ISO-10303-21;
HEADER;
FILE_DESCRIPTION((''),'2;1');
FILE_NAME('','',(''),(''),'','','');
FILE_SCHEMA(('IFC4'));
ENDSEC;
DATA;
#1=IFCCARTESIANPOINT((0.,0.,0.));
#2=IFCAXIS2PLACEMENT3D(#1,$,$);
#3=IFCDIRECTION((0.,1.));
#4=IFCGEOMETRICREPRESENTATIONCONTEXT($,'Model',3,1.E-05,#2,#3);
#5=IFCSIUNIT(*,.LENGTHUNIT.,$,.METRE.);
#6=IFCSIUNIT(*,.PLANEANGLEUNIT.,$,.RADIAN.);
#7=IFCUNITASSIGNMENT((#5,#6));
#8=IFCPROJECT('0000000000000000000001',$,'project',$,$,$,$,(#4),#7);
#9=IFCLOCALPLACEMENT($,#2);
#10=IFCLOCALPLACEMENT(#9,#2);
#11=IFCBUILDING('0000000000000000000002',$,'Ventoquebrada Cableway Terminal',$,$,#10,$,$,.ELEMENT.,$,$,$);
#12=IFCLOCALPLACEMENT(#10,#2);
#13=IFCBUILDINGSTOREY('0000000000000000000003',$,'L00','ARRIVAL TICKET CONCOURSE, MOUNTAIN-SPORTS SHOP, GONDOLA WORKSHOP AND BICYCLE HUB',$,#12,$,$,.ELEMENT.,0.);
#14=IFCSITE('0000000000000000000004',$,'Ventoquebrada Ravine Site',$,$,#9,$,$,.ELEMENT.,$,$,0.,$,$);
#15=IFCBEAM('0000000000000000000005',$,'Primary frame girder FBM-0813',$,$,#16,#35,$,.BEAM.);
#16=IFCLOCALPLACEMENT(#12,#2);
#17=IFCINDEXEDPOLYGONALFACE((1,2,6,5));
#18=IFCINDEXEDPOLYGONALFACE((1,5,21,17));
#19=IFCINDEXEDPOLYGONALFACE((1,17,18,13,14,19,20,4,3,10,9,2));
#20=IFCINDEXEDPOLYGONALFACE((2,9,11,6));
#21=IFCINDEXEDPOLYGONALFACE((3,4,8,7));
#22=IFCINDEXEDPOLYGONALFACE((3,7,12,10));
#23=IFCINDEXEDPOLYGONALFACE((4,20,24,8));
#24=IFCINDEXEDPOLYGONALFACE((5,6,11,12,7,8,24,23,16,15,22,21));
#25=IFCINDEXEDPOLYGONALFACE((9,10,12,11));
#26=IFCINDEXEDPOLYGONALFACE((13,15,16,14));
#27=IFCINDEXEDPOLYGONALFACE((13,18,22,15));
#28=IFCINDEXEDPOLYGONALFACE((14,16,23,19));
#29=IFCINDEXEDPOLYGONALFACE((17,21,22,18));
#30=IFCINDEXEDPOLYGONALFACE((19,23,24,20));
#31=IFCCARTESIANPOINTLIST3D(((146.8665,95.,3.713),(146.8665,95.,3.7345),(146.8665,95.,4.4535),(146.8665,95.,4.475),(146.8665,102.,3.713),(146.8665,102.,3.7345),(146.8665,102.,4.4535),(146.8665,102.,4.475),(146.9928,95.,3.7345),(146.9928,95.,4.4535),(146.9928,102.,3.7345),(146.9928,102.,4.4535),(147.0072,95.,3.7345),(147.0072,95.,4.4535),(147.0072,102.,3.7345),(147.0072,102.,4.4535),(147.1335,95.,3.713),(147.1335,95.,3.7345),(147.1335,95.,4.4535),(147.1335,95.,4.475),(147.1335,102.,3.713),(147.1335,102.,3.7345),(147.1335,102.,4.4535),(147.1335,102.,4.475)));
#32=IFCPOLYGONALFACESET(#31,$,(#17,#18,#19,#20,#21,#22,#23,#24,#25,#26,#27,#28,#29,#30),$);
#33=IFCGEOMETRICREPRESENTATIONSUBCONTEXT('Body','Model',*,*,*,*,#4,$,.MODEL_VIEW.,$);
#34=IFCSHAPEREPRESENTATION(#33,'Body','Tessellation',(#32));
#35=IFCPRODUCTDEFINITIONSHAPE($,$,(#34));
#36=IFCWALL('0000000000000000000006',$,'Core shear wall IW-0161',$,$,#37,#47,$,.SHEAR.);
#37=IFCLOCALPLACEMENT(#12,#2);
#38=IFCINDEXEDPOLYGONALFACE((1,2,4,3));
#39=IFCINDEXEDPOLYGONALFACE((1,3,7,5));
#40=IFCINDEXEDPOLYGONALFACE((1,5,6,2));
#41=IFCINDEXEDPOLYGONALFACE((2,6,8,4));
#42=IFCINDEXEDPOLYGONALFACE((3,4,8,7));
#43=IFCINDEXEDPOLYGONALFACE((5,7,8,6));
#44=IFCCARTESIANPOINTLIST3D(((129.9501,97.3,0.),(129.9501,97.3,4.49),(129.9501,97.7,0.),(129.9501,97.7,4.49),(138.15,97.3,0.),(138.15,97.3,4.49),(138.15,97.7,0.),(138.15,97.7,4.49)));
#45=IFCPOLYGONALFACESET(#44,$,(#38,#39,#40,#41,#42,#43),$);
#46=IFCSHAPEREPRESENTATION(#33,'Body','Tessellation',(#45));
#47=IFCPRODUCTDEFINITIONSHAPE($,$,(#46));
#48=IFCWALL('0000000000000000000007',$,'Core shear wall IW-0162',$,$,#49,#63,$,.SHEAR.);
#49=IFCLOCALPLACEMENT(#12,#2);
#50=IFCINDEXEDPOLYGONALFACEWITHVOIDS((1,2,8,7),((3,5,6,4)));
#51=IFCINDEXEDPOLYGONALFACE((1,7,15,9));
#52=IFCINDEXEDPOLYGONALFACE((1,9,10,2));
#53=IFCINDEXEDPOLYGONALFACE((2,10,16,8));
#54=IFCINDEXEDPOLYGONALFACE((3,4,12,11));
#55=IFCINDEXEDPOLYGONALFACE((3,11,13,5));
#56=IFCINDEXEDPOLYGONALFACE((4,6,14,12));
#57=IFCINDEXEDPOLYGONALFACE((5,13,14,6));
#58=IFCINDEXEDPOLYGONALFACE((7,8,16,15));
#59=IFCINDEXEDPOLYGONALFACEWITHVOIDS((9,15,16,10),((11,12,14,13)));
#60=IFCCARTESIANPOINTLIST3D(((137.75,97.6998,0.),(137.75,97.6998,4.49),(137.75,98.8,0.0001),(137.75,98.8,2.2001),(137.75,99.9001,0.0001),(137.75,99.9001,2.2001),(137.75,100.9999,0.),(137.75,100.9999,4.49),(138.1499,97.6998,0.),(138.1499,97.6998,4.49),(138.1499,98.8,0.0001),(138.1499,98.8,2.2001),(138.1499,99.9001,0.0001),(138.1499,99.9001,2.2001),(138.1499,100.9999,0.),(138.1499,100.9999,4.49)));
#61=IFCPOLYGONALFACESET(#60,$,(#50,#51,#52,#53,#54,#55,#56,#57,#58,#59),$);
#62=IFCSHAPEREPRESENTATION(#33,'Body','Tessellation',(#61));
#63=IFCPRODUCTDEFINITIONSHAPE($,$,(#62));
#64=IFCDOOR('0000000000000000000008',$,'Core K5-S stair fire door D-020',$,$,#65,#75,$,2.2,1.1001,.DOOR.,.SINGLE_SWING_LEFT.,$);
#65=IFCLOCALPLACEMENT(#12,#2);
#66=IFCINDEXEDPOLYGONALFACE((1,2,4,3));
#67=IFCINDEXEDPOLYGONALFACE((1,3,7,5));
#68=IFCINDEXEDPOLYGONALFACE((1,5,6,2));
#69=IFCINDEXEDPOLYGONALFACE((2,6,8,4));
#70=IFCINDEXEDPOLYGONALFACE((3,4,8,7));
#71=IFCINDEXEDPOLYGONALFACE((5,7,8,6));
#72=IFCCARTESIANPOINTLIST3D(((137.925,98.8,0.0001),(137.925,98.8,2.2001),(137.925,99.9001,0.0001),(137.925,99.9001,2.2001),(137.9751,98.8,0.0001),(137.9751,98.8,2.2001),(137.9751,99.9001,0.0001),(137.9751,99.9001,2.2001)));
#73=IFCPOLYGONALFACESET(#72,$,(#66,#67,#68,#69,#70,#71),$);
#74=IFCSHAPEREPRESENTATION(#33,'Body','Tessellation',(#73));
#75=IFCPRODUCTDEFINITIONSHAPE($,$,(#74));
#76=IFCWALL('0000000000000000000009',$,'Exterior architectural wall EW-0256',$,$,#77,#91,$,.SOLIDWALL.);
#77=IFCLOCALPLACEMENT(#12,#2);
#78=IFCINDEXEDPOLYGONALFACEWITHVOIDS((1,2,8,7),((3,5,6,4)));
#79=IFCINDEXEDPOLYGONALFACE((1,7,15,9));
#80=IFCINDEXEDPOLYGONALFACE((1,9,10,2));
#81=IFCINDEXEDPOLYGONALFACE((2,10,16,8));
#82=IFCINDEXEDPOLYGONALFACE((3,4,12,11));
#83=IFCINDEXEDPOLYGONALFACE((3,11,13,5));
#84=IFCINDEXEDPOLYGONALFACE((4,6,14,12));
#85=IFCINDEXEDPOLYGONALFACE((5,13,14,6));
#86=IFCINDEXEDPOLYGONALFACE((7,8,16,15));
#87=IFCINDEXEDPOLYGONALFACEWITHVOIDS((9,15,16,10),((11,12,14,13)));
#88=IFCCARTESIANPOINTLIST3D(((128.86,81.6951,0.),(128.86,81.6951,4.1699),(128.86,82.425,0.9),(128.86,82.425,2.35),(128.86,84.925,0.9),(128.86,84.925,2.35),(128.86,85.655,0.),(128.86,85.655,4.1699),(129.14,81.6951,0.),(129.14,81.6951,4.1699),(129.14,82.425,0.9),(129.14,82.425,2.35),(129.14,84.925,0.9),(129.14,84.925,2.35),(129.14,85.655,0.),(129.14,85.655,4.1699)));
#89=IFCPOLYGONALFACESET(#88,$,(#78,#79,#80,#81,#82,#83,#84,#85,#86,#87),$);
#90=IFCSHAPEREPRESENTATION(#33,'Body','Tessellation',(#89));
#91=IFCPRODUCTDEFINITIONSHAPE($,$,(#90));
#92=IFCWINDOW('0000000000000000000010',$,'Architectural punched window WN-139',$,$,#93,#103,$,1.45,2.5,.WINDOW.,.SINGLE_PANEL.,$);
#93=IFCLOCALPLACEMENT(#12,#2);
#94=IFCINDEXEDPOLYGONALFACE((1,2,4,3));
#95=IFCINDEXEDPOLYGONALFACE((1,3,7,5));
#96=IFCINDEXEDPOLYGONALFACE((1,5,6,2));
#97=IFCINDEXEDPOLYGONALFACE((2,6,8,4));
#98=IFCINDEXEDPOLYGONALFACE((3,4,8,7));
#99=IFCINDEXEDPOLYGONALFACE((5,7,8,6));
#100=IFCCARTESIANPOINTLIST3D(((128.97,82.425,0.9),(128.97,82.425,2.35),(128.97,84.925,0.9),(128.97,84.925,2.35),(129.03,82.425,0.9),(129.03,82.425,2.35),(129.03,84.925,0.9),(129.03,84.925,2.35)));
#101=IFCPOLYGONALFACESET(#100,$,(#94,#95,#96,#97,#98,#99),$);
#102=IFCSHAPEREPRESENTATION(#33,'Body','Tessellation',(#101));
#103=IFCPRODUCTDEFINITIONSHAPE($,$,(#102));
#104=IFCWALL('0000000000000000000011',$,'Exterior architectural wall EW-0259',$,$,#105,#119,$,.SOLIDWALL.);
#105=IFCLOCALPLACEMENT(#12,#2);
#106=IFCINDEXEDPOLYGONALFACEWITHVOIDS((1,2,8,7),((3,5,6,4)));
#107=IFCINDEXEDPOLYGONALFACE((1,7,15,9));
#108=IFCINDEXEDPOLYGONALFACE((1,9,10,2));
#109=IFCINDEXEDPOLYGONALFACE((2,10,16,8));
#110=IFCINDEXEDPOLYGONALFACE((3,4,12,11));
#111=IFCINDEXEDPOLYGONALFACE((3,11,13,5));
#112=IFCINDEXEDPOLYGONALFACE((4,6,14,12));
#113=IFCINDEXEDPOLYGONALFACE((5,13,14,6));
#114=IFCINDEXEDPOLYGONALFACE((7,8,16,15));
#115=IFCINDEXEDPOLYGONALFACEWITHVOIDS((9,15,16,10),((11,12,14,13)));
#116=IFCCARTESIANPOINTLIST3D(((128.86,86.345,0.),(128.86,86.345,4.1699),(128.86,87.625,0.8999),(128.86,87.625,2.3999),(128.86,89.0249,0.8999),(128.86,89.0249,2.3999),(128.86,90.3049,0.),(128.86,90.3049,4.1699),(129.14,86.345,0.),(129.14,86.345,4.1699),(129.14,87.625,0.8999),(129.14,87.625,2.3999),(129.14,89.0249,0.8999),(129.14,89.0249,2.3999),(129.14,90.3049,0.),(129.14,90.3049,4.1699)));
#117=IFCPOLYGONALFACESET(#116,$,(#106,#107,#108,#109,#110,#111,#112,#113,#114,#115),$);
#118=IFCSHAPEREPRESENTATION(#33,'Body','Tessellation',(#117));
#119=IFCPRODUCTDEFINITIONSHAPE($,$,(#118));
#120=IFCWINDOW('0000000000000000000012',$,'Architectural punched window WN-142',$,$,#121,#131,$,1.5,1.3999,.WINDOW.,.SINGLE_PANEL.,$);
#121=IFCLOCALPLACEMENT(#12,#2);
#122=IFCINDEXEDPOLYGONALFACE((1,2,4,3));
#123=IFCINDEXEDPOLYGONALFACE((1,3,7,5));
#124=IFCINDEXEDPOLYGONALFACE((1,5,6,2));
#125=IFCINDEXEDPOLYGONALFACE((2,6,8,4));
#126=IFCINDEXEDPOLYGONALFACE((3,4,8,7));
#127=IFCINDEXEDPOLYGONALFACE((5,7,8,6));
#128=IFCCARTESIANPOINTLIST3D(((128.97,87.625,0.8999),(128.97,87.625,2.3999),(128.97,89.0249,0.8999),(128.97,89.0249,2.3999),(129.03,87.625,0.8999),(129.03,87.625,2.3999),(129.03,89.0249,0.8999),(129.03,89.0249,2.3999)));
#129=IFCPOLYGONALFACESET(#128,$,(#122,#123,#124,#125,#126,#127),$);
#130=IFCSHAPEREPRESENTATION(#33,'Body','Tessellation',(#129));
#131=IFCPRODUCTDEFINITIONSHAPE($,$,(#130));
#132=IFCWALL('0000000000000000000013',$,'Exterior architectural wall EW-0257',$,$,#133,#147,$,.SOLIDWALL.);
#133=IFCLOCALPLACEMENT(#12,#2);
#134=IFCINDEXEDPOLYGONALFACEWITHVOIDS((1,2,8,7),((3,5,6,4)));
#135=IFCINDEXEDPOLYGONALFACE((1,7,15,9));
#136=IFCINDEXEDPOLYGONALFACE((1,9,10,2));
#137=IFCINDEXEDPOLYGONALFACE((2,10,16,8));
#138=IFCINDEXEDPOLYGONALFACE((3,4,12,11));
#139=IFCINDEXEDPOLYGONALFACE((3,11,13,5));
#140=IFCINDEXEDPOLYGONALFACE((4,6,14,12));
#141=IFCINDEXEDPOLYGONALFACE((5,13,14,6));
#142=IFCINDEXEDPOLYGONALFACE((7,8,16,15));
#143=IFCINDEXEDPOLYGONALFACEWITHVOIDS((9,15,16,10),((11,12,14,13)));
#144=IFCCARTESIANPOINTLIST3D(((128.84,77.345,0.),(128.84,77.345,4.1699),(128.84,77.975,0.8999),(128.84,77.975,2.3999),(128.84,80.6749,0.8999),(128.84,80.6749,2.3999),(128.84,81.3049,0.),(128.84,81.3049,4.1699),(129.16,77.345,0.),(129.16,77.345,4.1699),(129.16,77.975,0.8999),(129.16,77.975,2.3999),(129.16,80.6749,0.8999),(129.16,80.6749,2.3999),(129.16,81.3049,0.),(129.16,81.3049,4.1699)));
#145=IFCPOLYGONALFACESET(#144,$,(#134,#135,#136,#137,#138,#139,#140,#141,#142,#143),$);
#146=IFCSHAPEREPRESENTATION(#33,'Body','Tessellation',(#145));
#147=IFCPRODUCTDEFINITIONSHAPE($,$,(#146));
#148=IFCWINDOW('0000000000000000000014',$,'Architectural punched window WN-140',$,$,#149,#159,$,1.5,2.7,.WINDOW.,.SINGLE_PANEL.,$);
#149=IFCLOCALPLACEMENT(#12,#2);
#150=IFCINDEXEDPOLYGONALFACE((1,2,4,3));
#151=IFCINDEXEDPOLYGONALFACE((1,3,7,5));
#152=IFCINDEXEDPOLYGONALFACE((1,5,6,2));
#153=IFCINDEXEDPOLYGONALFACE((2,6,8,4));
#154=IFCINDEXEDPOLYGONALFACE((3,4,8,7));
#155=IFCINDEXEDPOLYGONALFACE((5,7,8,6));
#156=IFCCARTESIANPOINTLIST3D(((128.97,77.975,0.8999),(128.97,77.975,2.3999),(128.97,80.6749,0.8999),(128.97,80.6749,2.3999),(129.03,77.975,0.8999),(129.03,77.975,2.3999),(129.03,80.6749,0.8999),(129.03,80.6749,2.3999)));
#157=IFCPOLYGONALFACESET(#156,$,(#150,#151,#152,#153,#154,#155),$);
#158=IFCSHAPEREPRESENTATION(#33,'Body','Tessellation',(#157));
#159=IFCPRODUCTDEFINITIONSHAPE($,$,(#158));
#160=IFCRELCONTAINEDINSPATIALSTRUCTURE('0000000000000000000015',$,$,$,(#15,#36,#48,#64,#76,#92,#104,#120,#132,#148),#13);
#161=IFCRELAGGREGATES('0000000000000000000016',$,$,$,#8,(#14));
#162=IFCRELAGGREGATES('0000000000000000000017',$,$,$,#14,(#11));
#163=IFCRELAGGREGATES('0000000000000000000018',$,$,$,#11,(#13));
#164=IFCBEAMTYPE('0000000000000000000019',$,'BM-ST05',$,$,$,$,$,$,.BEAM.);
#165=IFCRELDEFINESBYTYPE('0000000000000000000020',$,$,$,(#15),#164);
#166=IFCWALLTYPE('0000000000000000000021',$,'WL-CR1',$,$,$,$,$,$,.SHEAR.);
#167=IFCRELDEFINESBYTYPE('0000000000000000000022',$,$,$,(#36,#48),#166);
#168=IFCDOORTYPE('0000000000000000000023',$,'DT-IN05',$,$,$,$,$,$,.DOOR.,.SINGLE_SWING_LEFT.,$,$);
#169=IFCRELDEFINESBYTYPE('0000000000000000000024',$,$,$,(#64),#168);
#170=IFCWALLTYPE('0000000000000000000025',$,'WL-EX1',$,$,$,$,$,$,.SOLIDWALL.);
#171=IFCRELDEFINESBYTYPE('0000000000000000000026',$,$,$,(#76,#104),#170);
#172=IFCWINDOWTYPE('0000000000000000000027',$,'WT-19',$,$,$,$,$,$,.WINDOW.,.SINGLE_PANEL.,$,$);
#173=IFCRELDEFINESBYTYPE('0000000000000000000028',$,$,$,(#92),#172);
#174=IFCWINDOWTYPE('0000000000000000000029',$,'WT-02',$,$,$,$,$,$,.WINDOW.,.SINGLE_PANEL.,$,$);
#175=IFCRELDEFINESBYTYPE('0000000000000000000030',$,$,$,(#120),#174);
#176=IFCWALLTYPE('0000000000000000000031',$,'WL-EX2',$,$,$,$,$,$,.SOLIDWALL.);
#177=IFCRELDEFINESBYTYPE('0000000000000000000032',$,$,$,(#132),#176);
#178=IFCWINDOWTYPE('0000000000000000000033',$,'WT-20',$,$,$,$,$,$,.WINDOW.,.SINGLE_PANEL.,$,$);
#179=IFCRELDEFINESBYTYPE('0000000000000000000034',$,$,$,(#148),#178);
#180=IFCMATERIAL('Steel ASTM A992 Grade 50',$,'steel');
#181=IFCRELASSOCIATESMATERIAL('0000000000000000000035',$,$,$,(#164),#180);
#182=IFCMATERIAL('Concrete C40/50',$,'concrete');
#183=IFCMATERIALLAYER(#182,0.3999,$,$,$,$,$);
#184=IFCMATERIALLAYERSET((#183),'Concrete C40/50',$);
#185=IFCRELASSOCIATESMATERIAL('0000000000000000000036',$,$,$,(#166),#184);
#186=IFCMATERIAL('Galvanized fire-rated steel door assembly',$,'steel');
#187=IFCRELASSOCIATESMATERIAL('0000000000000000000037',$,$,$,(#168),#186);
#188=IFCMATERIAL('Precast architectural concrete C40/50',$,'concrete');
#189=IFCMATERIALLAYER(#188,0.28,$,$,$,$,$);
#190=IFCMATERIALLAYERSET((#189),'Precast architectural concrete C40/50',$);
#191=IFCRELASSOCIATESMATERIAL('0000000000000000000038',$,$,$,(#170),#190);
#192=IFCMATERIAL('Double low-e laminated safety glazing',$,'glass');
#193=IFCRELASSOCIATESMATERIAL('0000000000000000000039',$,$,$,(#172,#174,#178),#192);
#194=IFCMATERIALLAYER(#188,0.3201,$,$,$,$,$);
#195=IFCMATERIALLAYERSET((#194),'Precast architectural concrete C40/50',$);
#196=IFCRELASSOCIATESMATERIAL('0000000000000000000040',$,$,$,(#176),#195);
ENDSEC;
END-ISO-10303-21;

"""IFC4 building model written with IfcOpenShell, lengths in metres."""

from ifc_helpers import new_model, si_unit, direction, frame, frame_2d, origin, origin_2d, place, context, subcontext, project, spatial, rectangle, i_section, extrude, material, layer, layer_set, material_profile, profile_set, type_object, element, fill, save


model = new_model("IFC4")

# Units and contexts
model_context = context("Model", 3, precision=1e-05, world=origin(), true_north=direction((0.0, 1.0)))
body_context = subcontext(model_context, "Body", "Model", "MODEL_VIEW")
ifc_project = project(units=[si_unit("LENGTHUNIT", "METRE"), si_unit("PLANEANGLEUNIT", "RADIAN")], contexts=[model_context])

# Site, building, storey
site_placement = place(None, origin())
site = spatial("IfcSite", under=ifc_project, at=site_placement, Name="Ventoquebrada Ravine Site", CompositionType="ELEMENT", RefElevation=0.0)
building_placement = place(site_placement, origin())
building = spatial("IfcBuilding", under=site, at=building_placement, Name="Ventoquebrada Cableway Terminal", CompositionType="ELEMENT")
storey_placement = place(building_placement, origin())
storey = spatial("IfcBuildingStorey", under=building, at=storey_placement, Name="L00", Description="ARRIVAL TICKET CONCOURSE, MOUNTAIN-SPORTS SHOP, GONDOLA WORKSHOP AND BICYCLE HUB", CompositionType="ELEMENT", Elevation=0.0)

# Shared definitions
ifc_material_1 = material(Name="Concrete C40/50", Category="concrete")

# Beam
ifc_material_2 = material(Name="Steel ASTM A992 Grade 50", Category="steel")
ifc_material_profile_1 = material_profile(ifc_material_2, i_section(OverallWidth=0.2671, OverallDepth=0.762, WebThickness=0.0144, FlangeThickness=0.0215, at=origin_2d()), Name="W30X116")
ifc_profile_set_1 = profile_set([ifc_material_profile_1], Name="Steel ASTM A992 Grade 50")
beam_type = type_object("IfcBeamType", Name="BM-ST05", PredefinedType="BEAM", material=ifc_profile_set_1)
beam_1_placement = place(storey_placement, frame((147.0, 95.0, 4.094), z_axis=(0.0, 1.0, 0.0), x_axis=(-1.0, 0.0, 0.0)))
element("IfcBeam", 1, at=beam_1_placement, inside=storey, type_object=beam_type, Name="Primary frame girder FBM-0813", PredefinedType="BEAM", context=body_context, shape_type="SweptSolid", body=[
    extrude(i_section(OverallWidth=0.2671, OverallDepth=0.762, WebThickness=0.0144, FlangeThickness=0.0215, at=origin_2d()), origin(), (0.0, 0.0, 1.0), 7.0),
])

# Wall
ifc_layer_1 = layer(ifc_material_1, 0.3999)
ifc_layer_set_1 = layer_set([ifc_layer_1], Name="Concrete C40/50")
wall_type_1 = type_object("IfcWallType", Name="WL-CR1", PredefinedType="SHEAR", material=ifc_layer_set_1)
wall_1_placement = place(storey_placement, frame((129.95, 97.5, 0.0), z_axis=(0.0, 0.0, 1.0), x_axis=(1.0, 0.0, 0.0)))
element("IfcWall", 2, at=wall_1_placement, inside=storey, type_object=wall_type_1, Name="Core shear wall IW-0161", PredefinedType="SHEAR", context=body_context, shape_type="SweptSolid", body=[
    extrude(rectangle(XDim=8.2, YDim=0.3999, at=frame_2d((4.1001, 0.0))), origin(), (0.0, 0.0, 1.0), 4.49),
])

# Wall, opening, door
wall_2_placement = place(storey_placement, frame((137.95, 97.7, 0.0), z_axis=(0.0, 0.0, 1.0), x_axis=(0.0, 1.0, 0.0)))
wall_2 = element("IfcWall", 3, at=wall_2_placement, inside=storey, type_object=wall_type_1, Name="Core shear wall IW-0162", PredefinedType="SHEAR", context=body_context, shape_type="SweptSolid", body=[
    extrude(rectangle(XDim=3.3, YDim=0.3999, at=frame_2d((1.6499, 0.0))), origin(), (0.0, 0.0, 1.0), 4.49),
])
opening_1_placement = place(wall_2_placement, frame((1.1001, 0.0, 0.0)))
opening_1 = element("IfcOpeningElement", 4, at=opening_1_placement, cuts=wall_2, PredefinedType="OPENING", context=body_context, shape_type="SweptSolid", body=[
    extrude(rectangle(XDim=1.1001, YDim=2.2, at=frame_2d((0.55, 1.1001))), frame((0.0, 0.21, 0.0), z_axis=(0.0, -1.0, 0.0), x_axis=(1.0, 0.0, 0.0)), (0.0, 0.0, 1.0), 0.4199),
])
ifc_material_3 = material(Name="Galvanized fire-rated steel door assembly", Category="steel")
door_type_1 = type_object("IfcDoorType", Name="DT-IN05", OperationType="SINGLE_SWING_LEFT", PredefinedType="DOOR", material=ifc_material_3)
door_1_placement = place(opening_1_placement, origin())
door_1 = element("IfcDoor", 5, at=door_1_placement, inside=storey, type_object=door_type_1, Name="Core K5-S stair fire door D-020", OperationType="SINGLE_SWING_LEFT", OverallHeight=2.2, OverallWidth=1.1001, PredefinedType="DOOR", context=body_context, shape_type="SweptSolid", body=[
    extrude(rectangle(XDim=1.1001, YDim=2.2, at=frame_2d((0.55, 1.1001))), frame((0.0, 0.0249, 0.0), z_axis=(0.0, -1.0, 0.0), x_axis=(1.0, 0.0, 0.0)), (0.0, 0.0, 1.0), 0.05),
])
fill(opening_1, door_1)

# Walls, openings, windows
ifc_material_4 = material(Name="Precast architectural concrete C40/50", Category="concrete")
ifc_layer_2 = layer(ifc_material_4, 0.28)
ifc_layer_set_2 = layer_set([ifc_layer_2], Name="Precast architectural concrete C40/50")
wall_type_2 = type_object("IfcWallType", Name="WL-EX1", PredefinedType="SOLIDWALL", material=ifc_layer_set_2)
wall_3_placement = place(storey_placement, frame((129.0, 85.655, 0.0), z_axis=(0.0, 0.0, 1.0), x_axis=(0.0, -1.0, 0.0)))
wall_3 = element("IfcWall", 6, at=wall_3_placement, inside=storey, type_object=wall_type_2, Name="Exterior architectural wall EW-0256", PredefinedType="SOLIDWALL", context=body_context, shape_type="SweptSolid", body=[
    extrude(rectangle(XDim=3.96, YDim=0.28, at=frame_2d((1.98, 0.0))), origin(), (0.0, 0.0, 1.0), 4.1699),
])
opening_2_placement = place(wall_3_placement, frame((0.73, 0.0, 0.8999)))
opening_2 = element("IfcOpeningElement", 7, at=opening_2_placement, cuts=wall_3, PredefinedType="OPENING", context=body_context, shape_type="SweptSolid", body=[
    extrude(rectangle(XDim=2.5, YDim=1.45, at=frame_2d((1.25, 0.7251))), frame((0.0, 0.1499, 0.0), z_axis=(0.0, -1.0, 0.0), x_axis=(1.0, 0.0, 0.0)), (0.0, 0.0, 1.0), 0.3),
])
ifc_material_5 = material(Name="Double low-e laminated safety glazing", Category="glass")
window_type_1 = type_object("IfcWindowType", Name="WT-19", PartitioningType="SINGLE_PANEL", PredefinedType="WINDOW", material=ifc_material_5)
window_1_placement = place(opening_2_placement, origin())
window_1 = element("IfcWindow", 8, at=window_1_placement, inside=storey, type_object=window_type_1, Name="Architectural punched window WN-139", OverallHeight=1.45, OverallWidth=2.5, PartitioningType="SINGLE_PANEL", PredefinedType="WINDOW", context=body_context, shape_type="SweptSolid", body=[
    extrude(rectangle(XDim=2.5, YDim=1.45, at=frame_2d((1.25, 0.7251))), frame((0.0, 0.03, 0.0), z_axis=(0.0, -1.0, 0.0), x_axis=(1.0, 0.0, 0.0)), (0.0, 0.0, 1.0), 0.0601),
])
fill(opening_2, window_1)
wall_4_placement = place(storey_placement, frame((129.0, 90.3049, 0.0), z_axis=(0.0, 0.0, 1.0), x_axis=(0.0, -1.0, 0.0)))
wall_4 = element("IfcWall", 9, at=wall_4_placement, inside=storey, type_object=wall_type_2, Name="Exterior architectural wall EW-0259", PredefinedType="SOLIDWALL", context=body_context, shape_type="SweptSolid", body=[
    extrude(rectangle(XDim=3.96, YDim=0.28, at=frame_2d((1.98, 0.0))), origin(), (0.0, 0.0, 1.0), 4.1699),
])
opening_3_placement = place(wall_4_placement, frame((1.28, 0.0, 0.8999)))
opening_3 = element("IfcOpeningElement", 10, at=opening_3_placement, cuts=wall_4, PredefinedType="OPENING", context=body_context, shape_type="SweptSolid", body=[
    extrude(rectangle(XDim=1.3999, YDim=1.5, at=frame_2d((0.7, 0.75))), frame((0.0, 0.1499, 0.0), z_axis=(0.0, -1.0, 0.0), x_axis=(1.0, 0.0, 0.0)), (0.0, 0.0, 1.0), 0.3),
])
window_type_2 = type_object("IfcWindowType", Name="WT-02", PartitioningType="SINGLE_PANEL", PredefinedType="WINDOW", material=ifc_material_5)
window_2_placement = place(opening_3_placement, origin())
window_2 = element("IfcWindow", 11, at=window_2_placement, inside=storey, type_object=window_type_2, Name="Architectural punched window WN-142", OverallHeight=1.5, OverallWidth=1.3999, PartitioningType="SINGLE_PANEL", PredefinedType="WINDOW", context=body_context, shape_type="SweptSolid", body=[
    extrude(rectangle(XDim=1.3999, YDim=1.5, at=frame_2d((0.7, 0.75))), frame((0.0, 0.03, 0.0), z_axis=(0.0, -1.0, 0.0), x_axis=(1.0, 0.0, 0.0)), (0.0, 0.0, 1.0), 0.0601),
])
fill(opening_3, window_2)
ifc_layer_3 = layer(ifc_material_4, 0.3201)
ifc_layer_set_3 = layer_set([ifc_layer_3], Name="Precast architectural concrete C40/50")
wall_type_3 = type_object("IfcWallType", Name="WL-EX2", PredefinedType="SOLIDWALL", material=ifc_layer_set_3)
wall_5_placement = place(storey_placement, frame((129.0, 81.3049, 0.0), z_axis=(0.0, 0.0, 1.0), x_axis=(0.0, -1.0, 0.0)))
wall_5 = element("IfcWall", 12, at=wall_5_placement, inside=storey, type_object=wall_type_3, Name="Exterior architectural wall EW-0257", PredefinedType="SOLIDWALL", context=body_context, shape_type="SweptSolid", body=[
    extrude(rectangle(XDim=3.96, YDim=0.3201, at=frame_2d((1.98, 0.0))), origin(), (0.0, 0.0, 1.0), 4.1699),
])
opening_4_placement = place(wall_5_placement, frame((0.6299, 0.0, 0.8999)))
opening_4 = element("IfcOpeningElement", 13, at=opening_4_placement, cuts=wall_5, PredefinedType="OPENING", context=body_context, shape_type="SweptSolid", body=[
    extrude(rectangle(XDim=2.7, YDim=1.5, at=frame_2d((1.3501, 0.75))), frame((0.0, 0.1699, 0.0), z_axis=(0.0, -1.0, 0.0), x_axis=(1.0, 0.0, 0.0)), (0.0, 0.0, 1.0), 0.3401),
])
window_type_3 = type_object("IfcWindowType", Name="WT-20", PartitioningType="SINGLE_PANEL", PredefinedType="WINDOW", material=ifc_material_5)
window_3_placement = place(opening_4_placement, origin())
window_3 = element("IfcWindow", 14, at=window_3_placement, inside=storey, type_object=window_type_3, Name="Architectural punched window WN-140", OverallHeight=1.5, OverallWidth=2.7, PartitioningType="SINGLE_PANEL", PredefinedType="WINDOW", context=body_context, shape_type="SweptSolid", body=[
    extrude(rectangle(XDim=2.7, YDim=1.5, at=frame_2d((1.3501, 0.75))), frame((0.0, 0.03, 0.0), z_axis=(0.0, -1.0, 0.0), x_axis=(1.0, 0.0, 0.0)), (0.0, 0.0, 1.0), 0.0601),
])
fill(opening_4, window_3)

save(model, "model.ifc")
